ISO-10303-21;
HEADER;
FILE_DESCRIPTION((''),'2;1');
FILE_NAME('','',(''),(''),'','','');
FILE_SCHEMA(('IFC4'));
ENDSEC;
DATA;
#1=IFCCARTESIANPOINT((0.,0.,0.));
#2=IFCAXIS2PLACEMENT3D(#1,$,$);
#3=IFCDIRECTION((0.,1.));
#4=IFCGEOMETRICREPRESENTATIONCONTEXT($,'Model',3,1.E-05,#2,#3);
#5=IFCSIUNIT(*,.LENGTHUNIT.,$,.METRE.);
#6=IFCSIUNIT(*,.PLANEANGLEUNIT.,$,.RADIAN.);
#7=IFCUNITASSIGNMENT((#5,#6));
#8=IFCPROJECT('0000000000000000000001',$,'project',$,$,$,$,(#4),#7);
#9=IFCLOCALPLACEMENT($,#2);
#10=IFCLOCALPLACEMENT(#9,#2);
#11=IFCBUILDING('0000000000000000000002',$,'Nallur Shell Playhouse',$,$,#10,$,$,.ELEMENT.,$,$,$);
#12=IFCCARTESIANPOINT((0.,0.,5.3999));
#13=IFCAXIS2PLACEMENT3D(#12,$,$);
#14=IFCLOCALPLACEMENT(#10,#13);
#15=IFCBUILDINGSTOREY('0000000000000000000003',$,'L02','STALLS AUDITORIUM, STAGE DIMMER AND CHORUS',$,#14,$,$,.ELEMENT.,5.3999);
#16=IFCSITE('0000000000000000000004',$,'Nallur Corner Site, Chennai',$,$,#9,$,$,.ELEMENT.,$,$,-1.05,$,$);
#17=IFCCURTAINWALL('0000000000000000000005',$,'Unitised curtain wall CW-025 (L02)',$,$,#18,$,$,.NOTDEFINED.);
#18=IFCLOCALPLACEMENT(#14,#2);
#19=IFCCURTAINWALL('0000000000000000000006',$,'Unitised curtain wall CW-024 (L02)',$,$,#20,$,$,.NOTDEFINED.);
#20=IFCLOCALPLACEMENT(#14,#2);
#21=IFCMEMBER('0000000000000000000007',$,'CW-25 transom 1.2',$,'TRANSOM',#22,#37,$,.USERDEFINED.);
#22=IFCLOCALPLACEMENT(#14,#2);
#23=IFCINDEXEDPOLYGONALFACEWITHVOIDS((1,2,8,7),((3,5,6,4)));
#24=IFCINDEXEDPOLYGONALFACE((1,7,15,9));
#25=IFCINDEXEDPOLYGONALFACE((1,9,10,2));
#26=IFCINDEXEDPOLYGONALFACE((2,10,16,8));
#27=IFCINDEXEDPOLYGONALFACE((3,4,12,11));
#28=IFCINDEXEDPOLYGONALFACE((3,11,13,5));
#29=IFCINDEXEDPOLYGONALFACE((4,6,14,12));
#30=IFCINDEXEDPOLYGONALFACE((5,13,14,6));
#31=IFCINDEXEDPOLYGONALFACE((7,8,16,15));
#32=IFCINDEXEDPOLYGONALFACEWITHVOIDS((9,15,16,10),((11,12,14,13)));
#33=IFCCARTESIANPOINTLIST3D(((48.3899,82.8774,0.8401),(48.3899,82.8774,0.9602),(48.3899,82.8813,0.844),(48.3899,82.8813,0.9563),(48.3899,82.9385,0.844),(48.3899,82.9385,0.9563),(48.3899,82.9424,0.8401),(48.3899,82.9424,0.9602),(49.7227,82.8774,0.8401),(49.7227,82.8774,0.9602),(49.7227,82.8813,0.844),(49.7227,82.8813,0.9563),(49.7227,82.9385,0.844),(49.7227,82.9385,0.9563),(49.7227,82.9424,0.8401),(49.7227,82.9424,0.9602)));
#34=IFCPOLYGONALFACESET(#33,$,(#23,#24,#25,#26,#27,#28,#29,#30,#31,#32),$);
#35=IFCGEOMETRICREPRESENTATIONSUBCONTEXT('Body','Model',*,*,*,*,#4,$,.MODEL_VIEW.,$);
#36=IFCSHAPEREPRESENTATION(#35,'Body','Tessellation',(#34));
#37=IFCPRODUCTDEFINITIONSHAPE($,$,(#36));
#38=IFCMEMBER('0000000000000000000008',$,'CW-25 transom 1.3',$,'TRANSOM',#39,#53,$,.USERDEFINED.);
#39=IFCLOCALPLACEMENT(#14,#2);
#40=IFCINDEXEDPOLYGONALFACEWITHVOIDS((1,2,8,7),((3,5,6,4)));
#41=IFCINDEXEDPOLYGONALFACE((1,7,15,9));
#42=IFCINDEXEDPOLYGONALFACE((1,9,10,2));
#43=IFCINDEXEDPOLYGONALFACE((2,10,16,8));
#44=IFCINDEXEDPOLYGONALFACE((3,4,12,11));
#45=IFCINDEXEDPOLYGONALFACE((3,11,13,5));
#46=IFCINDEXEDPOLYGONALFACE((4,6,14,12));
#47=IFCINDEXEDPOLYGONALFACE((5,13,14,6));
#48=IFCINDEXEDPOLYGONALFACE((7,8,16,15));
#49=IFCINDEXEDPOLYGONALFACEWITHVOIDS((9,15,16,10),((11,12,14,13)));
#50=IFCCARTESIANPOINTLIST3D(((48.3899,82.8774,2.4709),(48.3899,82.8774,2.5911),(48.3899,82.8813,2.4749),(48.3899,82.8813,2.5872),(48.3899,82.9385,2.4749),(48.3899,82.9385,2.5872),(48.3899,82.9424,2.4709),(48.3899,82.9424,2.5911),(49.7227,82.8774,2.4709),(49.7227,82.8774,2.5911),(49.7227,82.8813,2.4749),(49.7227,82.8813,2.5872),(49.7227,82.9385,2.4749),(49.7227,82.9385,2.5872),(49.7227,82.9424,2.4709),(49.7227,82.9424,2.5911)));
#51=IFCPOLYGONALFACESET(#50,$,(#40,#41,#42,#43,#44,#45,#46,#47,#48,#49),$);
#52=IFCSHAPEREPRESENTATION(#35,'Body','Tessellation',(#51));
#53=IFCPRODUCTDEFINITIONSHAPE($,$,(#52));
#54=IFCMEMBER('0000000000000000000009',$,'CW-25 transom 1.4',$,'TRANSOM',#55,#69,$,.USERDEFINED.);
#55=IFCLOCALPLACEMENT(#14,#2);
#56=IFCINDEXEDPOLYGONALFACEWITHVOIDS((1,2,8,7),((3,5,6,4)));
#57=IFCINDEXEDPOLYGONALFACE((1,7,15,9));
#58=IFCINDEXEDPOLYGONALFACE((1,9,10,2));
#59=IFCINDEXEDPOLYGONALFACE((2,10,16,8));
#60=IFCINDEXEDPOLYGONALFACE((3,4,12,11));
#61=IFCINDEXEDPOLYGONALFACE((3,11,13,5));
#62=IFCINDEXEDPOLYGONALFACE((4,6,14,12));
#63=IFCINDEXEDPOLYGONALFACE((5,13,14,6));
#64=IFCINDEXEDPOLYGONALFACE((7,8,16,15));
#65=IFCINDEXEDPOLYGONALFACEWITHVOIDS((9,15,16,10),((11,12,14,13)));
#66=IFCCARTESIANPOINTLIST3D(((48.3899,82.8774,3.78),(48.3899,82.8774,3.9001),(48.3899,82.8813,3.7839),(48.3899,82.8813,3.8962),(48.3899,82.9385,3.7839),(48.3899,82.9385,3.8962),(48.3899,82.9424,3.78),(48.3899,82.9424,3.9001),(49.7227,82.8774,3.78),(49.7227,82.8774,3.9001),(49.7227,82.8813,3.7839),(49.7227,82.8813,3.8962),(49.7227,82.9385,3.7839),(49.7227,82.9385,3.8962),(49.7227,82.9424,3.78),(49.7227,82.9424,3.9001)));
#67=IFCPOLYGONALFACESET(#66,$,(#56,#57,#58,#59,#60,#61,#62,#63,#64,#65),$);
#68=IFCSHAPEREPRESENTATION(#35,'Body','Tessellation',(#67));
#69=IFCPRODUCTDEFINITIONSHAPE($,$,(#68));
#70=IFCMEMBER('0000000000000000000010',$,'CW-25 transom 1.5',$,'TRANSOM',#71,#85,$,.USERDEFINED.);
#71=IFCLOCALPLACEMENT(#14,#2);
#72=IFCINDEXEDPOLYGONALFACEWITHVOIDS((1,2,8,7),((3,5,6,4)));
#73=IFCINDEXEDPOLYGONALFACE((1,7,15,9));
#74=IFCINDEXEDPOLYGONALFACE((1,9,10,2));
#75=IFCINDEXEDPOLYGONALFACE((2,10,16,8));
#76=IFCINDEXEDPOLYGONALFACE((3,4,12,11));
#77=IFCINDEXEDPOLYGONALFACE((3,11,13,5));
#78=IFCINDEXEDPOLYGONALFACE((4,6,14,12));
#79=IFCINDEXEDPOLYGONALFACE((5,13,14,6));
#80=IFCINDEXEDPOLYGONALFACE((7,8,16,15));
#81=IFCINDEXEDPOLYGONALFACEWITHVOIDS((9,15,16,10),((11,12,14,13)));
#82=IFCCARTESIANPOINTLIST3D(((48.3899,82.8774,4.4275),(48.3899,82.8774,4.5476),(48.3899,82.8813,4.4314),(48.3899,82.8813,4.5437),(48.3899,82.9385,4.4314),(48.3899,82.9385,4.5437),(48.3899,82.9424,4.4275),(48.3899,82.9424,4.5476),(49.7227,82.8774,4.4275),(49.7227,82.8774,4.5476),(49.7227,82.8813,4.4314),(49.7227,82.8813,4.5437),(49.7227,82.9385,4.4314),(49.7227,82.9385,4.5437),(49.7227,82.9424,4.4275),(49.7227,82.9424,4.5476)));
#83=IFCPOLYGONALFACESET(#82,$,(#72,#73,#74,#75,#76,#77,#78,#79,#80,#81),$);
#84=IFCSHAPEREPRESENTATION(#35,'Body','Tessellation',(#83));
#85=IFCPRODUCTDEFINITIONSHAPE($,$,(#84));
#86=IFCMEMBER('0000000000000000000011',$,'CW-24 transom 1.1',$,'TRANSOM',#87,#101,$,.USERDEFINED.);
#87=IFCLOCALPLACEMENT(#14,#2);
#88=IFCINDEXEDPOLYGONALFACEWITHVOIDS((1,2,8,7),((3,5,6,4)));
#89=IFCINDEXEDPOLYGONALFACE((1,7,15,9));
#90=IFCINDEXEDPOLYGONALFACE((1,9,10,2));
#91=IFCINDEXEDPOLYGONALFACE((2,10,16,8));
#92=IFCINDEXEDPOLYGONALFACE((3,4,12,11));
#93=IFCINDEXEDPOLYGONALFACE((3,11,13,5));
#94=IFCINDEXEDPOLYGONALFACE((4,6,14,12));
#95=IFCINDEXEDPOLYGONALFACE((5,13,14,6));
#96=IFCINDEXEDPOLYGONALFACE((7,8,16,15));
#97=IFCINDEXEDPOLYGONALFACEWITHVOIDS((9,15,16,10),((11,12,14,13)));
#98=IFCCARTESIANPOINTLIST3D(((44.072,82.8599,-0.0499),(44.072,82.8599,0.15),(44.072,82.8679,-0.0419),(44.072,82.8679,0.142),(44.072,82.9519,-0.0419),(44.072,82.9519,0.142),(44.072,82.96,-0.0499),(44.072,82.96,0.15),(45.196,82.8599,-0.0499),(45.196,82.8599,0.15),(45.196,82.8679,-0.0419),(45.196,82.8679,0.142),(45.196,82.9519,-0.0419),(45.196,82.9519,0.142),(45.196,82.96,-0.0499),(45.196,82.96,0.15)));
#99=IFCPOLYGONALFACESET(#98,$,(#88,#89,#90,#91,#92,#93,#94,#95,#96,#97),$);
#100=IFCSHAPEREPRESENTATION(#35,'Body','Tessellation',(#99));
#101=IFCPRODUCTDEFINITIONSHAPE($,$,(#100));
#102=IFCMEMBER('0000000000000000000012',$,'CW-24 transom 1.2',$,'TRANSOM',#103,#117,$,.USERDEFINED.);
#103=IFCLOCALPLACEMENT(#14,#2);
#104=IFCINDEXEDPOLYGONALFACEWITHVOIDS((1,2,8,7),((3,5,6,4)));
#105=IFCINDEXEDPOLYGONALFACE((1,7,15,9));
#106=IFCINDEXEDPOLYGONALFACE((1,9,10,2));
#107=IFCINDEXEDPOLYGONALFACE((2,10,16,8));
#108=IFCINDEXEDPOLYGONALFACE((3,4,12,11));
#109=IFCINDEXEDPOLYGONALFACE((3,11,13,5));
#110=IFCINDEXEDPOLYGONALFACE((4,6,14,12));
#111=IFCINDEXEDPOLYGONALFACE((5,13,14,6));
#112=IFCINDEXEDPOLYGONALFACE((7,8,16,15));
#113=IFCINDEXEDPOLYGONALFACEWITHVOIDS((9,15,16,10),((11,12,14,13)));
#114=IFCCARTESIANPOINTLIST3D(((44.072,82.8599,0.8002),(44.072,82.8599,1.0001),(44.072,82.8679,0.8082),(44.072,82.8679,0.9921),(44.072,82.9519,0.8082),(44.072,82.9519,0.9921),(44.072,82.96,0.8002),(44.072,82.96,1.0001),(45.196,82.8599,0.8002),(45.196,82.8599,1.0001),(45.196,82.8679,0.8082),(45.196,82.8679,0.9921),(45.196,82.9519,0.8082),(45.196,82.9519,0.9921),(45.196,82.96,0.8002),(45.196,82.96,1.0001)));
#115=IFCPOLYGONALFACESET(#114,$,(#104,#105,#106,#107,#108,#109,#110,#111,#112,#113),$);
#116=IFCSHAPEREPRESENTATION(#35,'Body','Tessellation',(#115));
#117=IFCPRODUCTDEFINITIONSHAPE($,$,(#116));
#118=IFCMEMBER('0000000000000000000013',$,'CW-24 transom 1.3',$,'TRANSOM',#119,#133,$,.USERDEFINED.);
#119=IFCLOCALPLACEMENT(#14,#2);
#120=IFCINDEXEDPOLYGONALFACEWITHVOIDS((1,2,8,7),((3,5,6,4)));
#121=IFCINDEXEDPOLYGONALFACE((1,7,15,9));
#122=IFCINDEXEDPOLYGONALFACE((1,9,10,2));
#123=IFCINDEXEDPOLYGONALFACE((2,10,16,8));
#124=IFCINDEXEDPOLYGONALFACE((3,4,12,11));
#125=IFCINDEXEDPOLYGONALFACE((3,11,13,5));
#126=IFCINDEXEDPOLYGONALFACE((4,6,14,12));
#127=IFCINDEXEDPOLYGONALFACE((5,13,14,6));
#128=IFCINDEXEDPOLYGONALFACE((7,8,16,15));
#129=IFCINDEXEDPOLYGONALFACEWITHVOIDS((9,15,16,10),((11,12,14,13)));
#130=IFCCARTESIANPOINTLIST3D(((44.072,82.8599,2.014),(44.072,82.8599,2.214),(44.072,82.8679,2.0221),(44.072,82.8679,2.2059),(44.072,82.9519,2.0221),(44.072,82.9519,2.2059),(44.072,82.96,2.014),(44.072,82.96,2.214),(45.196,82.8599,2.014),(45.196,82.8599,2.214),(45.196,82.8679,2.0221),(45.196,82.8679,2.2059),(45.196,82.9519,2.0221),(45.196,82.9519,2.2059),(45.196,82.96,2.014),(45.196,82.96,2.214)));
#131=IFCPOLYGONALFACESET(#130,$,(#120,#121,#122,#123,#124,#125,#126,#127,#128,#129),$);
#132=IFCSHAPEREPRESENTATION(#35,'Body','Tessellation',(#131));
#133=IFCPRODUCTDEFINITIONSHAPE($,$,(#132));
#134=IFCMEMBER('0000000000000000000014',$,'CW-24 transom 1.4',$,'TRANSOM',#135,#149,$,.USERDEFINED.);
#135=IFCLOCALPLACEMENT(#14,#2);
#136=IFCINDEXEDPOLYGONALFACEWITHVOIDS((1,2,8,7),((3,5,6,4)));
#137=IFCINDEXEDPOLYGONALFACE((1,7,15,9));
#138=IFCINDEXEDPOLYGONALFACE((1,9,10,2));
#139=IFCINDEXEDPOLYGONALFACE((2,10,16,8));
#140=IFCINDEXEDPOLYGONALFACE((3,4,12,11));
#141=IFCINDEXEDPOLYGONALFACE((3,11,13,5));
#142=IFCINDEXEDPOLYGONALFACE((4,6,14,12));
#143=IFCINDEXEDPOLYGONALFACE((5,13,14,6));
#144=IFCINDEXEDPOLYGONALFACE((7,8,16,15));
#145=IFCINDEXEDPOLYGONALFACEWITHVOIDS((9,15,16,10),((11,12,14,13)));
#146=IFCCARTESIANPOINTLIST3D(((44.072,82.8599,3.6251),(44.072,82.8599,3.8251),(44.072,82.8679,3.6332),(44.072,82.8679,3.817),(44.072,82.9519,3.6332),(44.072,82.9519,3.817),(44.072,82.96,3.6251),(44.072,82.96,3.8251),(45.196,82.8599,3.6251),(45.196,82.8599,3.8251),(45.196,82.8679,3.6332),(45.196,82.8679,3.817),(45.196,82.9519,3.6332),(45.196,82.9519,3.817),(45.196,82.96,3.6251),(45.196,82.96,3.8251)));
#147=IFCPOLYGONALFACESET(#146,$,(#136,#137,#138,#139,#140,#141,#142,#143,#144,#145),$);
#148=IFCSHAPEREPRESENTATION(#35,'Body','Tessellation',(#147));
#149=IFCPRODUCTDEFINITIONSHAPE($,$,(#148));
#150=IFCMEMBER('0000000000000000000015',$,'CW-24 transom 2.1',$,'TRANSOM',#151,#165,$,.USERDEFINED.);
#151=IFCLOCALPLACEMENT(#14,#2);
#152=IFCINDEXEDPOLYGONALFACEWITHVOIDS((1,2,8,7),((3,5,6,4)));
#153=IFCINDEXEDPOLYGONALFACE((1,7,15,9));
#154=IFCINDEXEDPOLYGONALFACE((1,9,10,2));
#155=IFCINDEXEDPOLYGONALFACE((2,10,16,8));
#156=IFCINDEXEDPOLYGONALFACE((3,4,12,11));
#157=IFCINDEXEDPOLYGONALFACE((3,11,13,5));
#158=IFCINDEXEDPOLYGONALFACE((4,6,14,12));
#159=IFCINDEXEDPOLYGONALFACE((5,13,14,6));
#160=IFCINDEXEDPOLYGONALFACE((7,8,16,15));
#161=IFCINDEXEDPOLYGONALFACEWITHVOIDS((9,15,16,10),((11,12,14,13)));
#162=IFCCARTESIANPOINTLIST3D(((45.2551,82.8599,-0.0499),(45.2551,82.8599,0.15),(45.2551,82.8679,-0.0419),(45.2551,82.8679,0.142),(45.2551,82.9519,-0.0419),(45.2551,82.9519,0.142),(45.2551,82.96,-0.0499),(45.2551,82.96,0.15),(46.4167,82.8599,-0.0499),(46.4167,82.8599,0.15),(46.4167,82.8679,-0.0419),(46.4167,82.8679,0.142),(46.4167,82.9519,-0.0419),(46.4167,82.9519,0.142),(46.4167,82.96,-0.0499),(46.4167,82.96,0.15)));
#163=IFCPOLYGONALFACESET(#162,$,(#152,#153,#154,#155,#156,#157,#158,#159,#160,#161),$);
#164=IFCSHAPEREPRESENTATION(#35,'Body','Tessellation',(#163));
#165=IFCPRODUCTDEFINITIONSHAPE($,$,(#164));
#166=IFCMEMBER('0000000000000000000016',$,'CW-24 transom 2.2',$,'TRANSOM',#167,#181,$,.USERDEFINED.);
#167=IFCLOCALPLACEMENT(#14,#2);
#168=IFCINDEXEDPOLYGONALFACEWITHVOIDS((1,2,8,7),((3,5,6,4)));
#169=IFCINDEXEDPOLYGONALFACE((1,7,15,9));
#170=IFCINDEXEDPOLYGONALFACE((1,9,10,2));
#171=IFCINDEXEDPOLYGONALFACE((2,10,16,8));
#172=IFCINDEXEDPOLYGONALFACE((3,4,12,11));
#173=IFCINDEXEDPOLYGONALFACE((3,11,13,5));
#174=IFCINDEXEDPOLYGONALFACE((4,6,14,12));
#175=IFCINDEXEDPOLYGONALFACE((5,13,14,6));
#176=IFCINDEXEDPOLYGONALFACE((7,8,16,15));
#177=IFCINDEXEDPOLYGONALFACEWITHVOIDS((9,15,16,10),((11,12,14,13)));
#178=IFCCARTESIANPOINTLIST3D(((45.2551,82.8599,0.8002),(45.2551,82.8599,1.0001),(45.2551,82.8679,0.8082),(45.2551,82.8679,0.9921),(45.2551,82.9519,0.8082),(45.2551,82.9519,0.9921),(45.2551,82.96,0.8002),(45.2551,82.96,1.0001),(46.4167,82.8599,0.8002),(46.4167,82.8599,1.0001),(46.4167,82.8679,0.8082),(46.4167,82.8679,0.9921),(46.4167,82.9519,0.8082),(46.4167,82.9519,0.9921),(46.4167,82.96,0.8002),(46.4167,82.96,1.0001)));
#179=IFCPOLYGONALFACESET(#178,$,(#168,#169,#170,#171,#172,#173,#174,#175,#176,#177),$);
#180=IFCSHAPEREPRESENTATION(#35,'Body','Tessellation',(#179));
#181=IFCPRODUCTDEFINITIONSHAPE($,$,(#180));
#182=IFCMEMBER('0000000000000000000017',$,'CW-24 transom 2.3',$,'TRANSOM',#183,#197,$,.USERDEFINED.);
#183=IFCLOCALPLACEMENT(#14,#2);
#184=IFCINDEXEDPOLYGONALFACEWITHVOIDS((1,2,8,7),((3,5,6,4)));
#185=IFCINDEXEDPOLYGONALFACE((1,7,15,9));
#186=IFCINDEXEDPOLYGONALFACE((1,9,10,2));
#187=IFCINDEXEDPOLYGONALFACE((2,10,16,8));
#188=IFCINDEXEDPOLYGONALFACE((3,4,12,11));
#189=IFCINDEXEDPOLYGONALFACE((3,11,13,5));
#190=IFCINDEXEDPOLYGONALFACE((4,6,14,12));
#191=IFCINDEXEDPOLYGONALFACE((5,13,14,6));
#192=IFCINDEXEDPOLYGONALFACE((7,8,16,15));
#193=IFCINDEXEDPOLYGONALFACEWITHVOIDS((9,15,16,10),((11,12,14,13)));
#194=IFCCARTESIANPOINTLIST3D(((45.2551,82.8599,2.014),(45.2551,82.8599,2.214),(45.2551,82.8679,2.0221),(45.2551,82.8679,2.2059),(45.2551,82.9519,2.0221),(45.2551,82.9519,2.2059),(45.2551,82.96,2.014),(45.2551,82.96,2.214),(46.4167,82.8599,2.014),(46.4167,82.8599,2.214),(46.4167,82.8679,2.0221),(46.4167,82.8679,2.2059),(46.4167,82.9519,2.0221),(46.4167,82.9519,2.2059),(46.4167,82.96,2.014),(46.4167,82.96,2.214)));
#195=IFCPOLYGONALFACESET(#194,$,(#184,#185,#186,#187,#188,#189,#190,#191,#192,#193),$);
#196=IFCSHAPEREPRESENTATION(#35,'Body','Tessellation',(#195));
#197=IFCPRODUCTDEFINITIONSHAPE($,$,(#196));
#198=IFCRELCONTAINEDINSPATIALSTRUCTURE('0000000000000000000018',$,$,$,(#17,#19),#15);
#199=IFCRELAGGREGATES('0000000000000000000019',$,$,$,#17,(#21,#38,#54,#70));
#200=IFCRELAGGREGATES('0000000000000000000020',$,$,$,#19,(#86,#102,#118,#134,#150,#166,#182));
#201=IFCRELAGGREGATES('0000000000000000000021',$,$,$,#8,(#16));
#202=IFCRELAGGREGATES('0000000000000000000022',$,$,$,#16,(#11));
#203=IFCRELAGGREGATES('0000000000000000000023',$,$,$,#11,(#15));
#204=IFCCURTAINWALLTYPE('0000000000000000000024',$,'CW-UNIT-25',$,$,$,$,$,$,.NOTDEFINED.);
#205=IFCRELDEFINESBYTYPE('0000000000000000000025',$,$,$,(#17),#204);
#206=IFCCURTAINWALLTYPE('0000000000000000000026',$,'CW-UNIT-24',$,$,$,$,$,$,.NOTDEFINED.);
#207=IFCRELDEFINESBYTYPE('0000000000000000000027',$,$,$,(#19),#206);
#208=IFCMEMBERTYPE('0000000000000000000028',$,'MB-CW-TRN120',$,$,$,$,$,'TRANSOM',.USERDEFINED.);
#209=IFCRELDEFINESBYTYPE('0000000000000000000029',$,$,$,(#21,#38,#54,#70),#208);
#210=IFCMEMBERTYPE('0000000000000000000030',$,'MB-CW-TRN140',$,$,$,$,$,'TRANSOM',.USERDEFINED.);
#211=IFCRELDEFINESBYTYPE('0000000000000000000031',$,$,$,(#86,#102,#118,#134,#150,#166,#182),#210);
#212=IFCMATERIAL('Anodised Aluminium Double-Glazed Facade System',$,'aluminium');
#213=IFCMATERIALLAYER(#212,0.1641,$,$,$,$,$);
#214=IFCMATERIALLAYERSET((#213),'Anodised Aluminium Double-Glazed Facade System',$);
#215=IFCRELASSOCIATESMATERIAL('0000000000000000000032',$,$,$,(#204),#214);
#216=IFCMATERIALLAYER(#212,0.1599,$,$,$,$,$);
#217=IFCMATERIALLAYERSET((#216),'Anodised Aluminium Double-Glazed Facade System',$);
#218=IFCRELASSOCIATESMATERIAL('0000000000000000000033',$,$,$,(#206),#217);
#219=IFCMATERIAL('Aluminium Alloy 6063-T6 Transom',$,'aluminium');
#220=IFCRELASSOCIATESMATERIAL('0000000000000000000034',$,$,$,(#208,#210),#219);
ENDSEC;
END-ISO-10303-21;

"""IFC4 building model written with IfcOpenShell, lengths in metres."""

from ifc_helpers import new_model, si_unit, direction, frame, origin, origin_2d, place, context, subcontext, project, spatial, hollow_rectangle, extrude, material, layer, layer_set, material_profile, profile_set, type_object, element, aggregate, save


model = new_model("IFC4")

# Units and contexts
model_context = context("Model", 3, precision=1e-05, world=origin(), true_north=direction((0.0, 1.0)))
body_context = subcontext(model_context, "Body", "Model", "MODEL_VIEW")
ifc_project = project(units=[si_unit("LENGTHUNIT", "METRE"), si_unit("PLANEANGLEUNIT", "RADIAN")], contexts=[model_context])

# Site, building, storey
site_placement = place(None, origin())
site = spatial("IfcSite", under=ifc_project, at=site_placement, Name="Nallur Corner Site, Chennai", CompositionType="ELEMENT", RefElevation=-1.05)
building_placement = place(site_placement, origin())
building = spatial("IfcBuilding", under=site, at=building_placement, Name="Nallur Shell Playhouse", CompositionType="ELEMENT")
storey_placement = place(building_placement, frame((0.0, 0.0, 5.3999)))
storey = spatial("IfcBuildingStorey", under=building, at=storey_placement, Name="L02", Description="STALLS AUDITORIUM, STAGE DIMMER AND CHORUS", CompositionType="ELEMENT", Elevation=5.3999)

# Curtain wall
ifc_material_1 = material(Name="Anodised Aluminium Double-Glazed Facade System", Category="aluminium")
ifc_layer_1 = layer(ifc_material_1, 0.1641)
ifc_layer_set_1 = layer_set([ifc_layer_1], Name="Anodised Aluminium Double-Glazed Facade System")
curtain_wall_type_1 = type_object("IfcCurtainWallType", Name="CW-UNIT-25", PredefinedType="NOTDEFINED", material=ifc_layer_set_1)
curtain_wall_1_placement = place(storey_placement, origin())
curtain_wall_1 = element("IfcCurtainWall", 1, at=curtain_wall_1_placement, inside=storey, type_object=curtain_wall_type_1, Name="Unitised curtain wall CW-025 (L02)", PredefinedType="NOTDEFINED")

# Curtain wall
ifc_layer_2 = layer(ifc_material_1, 0.1599)
ifc_layer_set_2 = layer_set([ifc_layer_2], Name="Anodised Aluminium Double-Glazed Facade System")
curtain_wall_type_2 = type_object("IfcCurtainWallType", Name="CW-UNIT-24", PredefinedType="NOTDEFINED", material=ifc_layer_set_2)
curtain_wall_2_placement = place(storey_placement, origin())
curtain_wall_2 = element("IfcCurtainWall", 2, at=curtain_wall_2_placement, inside=storey, type_object=curtain_wall_type_2, Name="Unitised curtain wall CW-024 (L02)", PredefinedType="NOTDEFINED")

# Members
ifc_material_2 = material(Name="Aluminium Alloy 6063-T6 Transom", Category="aluminium")
ifc_material_profile_1 = material_profile(ifc_material_2, hollow_rectangle(XDim=0.0649, YDim=0.1201, WallThickness=0.0039, at=origin_2d()), Name="ALU 65x120x4")
ifc_profile_set_1 = profile_set([ifc_material_profile_1], Name="Aluminium Alloy 6063-T6 Transom")
member_type_1 = type_object("IfcMemberType", Name="MB-CW-TRN120", ElementType="TRANSOM", PredefinedType="USERDEFINED", material=ifc_profile_set_1)
member_1_placement = place(storey_placement, frame((48.3899, 82.9099, 0.9001), z_axis=(1.0, 0.0, 0.0), x_axis=(0.0, 1.0, 0.0)))
member_1 = element("IfcMember", 3, at=member_1_placement, type_object=member_type_1, Name="CW-25 transom 1.2", ObjectType="TRANSOM", PredefinedType="USERDEFINED", context=body_context, shape_type="SweptSolid", body=[
    extrude(hollow_rectangle(XDim=0.0649, YDim=0.1201, WallThickness=0.0039, at=origin_2d()), origin(), (0.0, 0.0, 1.0), 1.3328),
])
member_2_placement = place(storey_placement, frame((48.3899, 82.9099, 2.531), z_axis=(1.0, 0.0, 0.0), x_axis=(0.0, 1.0, 0.0)))
member_2 = element("IfcMember", 4, at=member_2_placement, type_object=member_type_1, Name="CW-25 transom 1.3", ObjectType="TRANSOM", PredefinedType="USERDEFINED", context=body_context, shape_type="SweptSolid", body=[
    extrude(hollow_rectangle(XDim=0.0649, YDim=0.1201, WallThickness=0.0039, at=origin_2d()), origin(), (0.0, 0.0, 1.0), 1.3328),
])
member_3_placement = place(storey_placement, frame((48.3899, 82.9099, 3.8401), z_axis=(1.0, 0.0, 0.0), x_axis=(0.0, 1.0, 0.0)))
member_3 = element("IfcMember", 5, at=member_3_placement, type_object=member_type_1, Name="CW-25 transom 1.4", ObjectType="TRANSOM", PredefinedType="USERDEFINED", context=body_context, shape_type="SweptSolid", body=[
    extrude(hollow_rectangle(XDim=0.0649, YDim=0.1201, WallThickness=0.0039, at=origin_2d()), origin(), (0.0, 0.0, 1.0), 1.3328),
])
member_4_placement = place(storey_placement, frame((48.3899, 82.9099, 4.4875), z_axis=(1.0, 0.0, 0.0), x_axis=(0.0, 1.0, 0.0)))
member_4 = element("IfcMember", 6, at=member_4_placement, type_object=member_type_1, Name="CW-25 transom 1.5", ObjectType="TRANSOM", PredefinedType="USERDEFINED", context=body_context, shape_type="SweptSolid", body=[
    extrude(hollow_rectangle(XDim=0.0649, YDim=0.1201, WallThickness=0.0039, at=origin_2d()), origin(), (0.0, 0.0, 1.0), 1.3328),
])
ifc_material_profile_2 = material_profile(ifc_material_2, hollow_rectangle(XDim=0.1001, YDim=0.2, WallThickness=0.0081, at=origin_2d()), Name="RHS 200x100x8")
ifc_profile_set_2 = profile_set([ifc_material_profile_2], Name="Aluminium Alloy 6063-T6 Transom")
member_type_2 = type_object("IfcMemberType", Name="MB-CW-TRN140", ElementType="TRANSOM", PredefinedType="USERDEFINED", material=ifc_profile_set_2)
member_5_placement = place(storey_placement, frame((44.072, 82.9099, 0.05), z_axis=(1.0, 0.0, 0.0), x_axis=(0.0, 1.0, 0.0)))
member_5 = element("IfcMember", 7, at=member_5_placement, type_object=member_type_2, Name="CW-24 transom 1.1", ObjectType="TRANSOM", PredefinedType="USERDEFINED", context=body_context, shape_type="SweptSolid", body=[
    extrude(hollow_rectangle(XDim=0.1001, YDim=0.2, WallThickness=0.0081, at=origin_2d()), origin(), (0.0, 0.0, 1.0), 1.124),
])
member_6_placement = place(storey_placement, frame((44.072, 82.9099, 0.9001), z_axis=(1.0, 0.0, 0.0), x_axis=(0.0, 1.0, 0.0)))
member_6 = element("IfcMember", 8, at=member_6_placement, type_object=member_type_2, Name="CW-24 transom 1.2", ObjectType="TRANSOM", PredefinedType="USERDEFINED", context=body_context, shape_type="SweptSolid", body=[
    extrude(hollow_rectangle(XDim=0.1001, YDim=0.2, WallThickness=0.0081, at=origin_2d()), origin(), (0.0, 0.0, 1.0), 1.124),
])
member_7_placement = place(storey_placement, frame((44.072, 82.9099, 2.114), z_axis=(1.0, 0.0, 0.0), x_axis=(0.0, 1.0, 0.0)))
member_7 = element("IfcMember", 9, at=member_7_placement, type_object=member_type_2, Name="CW-24 transom 1.3", ObjectType="TRANSOM", PredefinedType="USERDEFINED", context=body_context, shape_type="SweptSolid", body=[
    extrude(hollow_rectangle(XDim=0.1001, YDim=0.2, WallThickness=0.0081, at=origin_2d()), origin(), (0.0, 0.0, 1.0), 1.124),
])
member_8_placement = place(storey_placement, frame((44.072, 82.9099, 3.7251), z_axis=(1.0, 0.0, 0.0), x_axis=(0.0, 1.0, 0.0)))
member_8 = element("IfcMember", 10, at=member_8_placement, type_object=member_type_2, Name="CW-24 transom 1.4", ObjectType="TRANSOM", PredefinedType="USERDEFINED", context=body_context, shape_type="SweptSolid", body=[
    extrude(hollow_rectangle(XDim=0.1001, YDim=0.2, WallThickness=0.0081, at=origin_2d()), origin(), (0.0, 0.0, 1.0), 1.124),
])
member_9_placement = place(storey_placement, frame((45.2551, 82.9099, 0.05), z_axis=(1.0, 0.0, 0.0), x_axis=(0.0, 1.0, 0.0)))
member_9 = element("IfcMember", 11, at=member_9_placement, type_object=member_type_2, Name="CW-24 transom 2.1", ObjectType="TRANSOM", PredefinedType="USERDEFINED", context=body_context, shape_type="SweptSolid", body=[
    extrude(hollow_rectangle(XDim=0.1001, YDim=0.2, WallThickness=0.0081, at=origin_2d()), origin(), (0.0, 0.0, 1.0), 1.1616),
])
member_10_placement = place(storey_placement, frame((45.2551, 82.9099, 0.9001), z_axis=(1.0, 0.0, 0.0), x_axis=(0.0, 1.0, 0.0)))
member_10 = element("IfcMember", 12, at=member_10_placement, type_object=member_type_2, Name="CW-24 transom 2.2", ObjectType="TRANSOM", PredefinedType="USERDEFINED", context=body_context, shape_type="SweptSolid", body=[
    extrude(hollow_rectangle(XDim=0.1001, YDim=0.2, WallThickness=0.0081, at=origin_2d()), origin(), (0.0, 0.0, 1.0), 1.1616),
])
member_11_placement = place(storey_placement, frame((45.2551, 82.9099, 2.114), z_axis=(1.0, 0.0, 0.0), x_axis=(0.0, 1.0, 0.0)))
member_11 = element("IfcMember", 13, at=member_11_placement, type_object=member_type_2, Name="CW-24 transom 2.3", ObjectType="TRANSOM", PredefinedType="USERDEFINED", context=body_context, shape_type="SweptSolid", body=[
    extrude(hollow_rectangle(XDim=0.1001, YDim=0.2, WallThickness=0.0081, at=origin_2d()), origin(), (0.0, 0.0, 1.0), 1.1616),
])

aggregate(curtain_wall_1, [member_1, member_2, member_3, member_4])
aggregate(curtain_wall_2, [member_5, member_6, member_7, member_8, member_9, member_10, member_11])

save(model, "model.ifc")
